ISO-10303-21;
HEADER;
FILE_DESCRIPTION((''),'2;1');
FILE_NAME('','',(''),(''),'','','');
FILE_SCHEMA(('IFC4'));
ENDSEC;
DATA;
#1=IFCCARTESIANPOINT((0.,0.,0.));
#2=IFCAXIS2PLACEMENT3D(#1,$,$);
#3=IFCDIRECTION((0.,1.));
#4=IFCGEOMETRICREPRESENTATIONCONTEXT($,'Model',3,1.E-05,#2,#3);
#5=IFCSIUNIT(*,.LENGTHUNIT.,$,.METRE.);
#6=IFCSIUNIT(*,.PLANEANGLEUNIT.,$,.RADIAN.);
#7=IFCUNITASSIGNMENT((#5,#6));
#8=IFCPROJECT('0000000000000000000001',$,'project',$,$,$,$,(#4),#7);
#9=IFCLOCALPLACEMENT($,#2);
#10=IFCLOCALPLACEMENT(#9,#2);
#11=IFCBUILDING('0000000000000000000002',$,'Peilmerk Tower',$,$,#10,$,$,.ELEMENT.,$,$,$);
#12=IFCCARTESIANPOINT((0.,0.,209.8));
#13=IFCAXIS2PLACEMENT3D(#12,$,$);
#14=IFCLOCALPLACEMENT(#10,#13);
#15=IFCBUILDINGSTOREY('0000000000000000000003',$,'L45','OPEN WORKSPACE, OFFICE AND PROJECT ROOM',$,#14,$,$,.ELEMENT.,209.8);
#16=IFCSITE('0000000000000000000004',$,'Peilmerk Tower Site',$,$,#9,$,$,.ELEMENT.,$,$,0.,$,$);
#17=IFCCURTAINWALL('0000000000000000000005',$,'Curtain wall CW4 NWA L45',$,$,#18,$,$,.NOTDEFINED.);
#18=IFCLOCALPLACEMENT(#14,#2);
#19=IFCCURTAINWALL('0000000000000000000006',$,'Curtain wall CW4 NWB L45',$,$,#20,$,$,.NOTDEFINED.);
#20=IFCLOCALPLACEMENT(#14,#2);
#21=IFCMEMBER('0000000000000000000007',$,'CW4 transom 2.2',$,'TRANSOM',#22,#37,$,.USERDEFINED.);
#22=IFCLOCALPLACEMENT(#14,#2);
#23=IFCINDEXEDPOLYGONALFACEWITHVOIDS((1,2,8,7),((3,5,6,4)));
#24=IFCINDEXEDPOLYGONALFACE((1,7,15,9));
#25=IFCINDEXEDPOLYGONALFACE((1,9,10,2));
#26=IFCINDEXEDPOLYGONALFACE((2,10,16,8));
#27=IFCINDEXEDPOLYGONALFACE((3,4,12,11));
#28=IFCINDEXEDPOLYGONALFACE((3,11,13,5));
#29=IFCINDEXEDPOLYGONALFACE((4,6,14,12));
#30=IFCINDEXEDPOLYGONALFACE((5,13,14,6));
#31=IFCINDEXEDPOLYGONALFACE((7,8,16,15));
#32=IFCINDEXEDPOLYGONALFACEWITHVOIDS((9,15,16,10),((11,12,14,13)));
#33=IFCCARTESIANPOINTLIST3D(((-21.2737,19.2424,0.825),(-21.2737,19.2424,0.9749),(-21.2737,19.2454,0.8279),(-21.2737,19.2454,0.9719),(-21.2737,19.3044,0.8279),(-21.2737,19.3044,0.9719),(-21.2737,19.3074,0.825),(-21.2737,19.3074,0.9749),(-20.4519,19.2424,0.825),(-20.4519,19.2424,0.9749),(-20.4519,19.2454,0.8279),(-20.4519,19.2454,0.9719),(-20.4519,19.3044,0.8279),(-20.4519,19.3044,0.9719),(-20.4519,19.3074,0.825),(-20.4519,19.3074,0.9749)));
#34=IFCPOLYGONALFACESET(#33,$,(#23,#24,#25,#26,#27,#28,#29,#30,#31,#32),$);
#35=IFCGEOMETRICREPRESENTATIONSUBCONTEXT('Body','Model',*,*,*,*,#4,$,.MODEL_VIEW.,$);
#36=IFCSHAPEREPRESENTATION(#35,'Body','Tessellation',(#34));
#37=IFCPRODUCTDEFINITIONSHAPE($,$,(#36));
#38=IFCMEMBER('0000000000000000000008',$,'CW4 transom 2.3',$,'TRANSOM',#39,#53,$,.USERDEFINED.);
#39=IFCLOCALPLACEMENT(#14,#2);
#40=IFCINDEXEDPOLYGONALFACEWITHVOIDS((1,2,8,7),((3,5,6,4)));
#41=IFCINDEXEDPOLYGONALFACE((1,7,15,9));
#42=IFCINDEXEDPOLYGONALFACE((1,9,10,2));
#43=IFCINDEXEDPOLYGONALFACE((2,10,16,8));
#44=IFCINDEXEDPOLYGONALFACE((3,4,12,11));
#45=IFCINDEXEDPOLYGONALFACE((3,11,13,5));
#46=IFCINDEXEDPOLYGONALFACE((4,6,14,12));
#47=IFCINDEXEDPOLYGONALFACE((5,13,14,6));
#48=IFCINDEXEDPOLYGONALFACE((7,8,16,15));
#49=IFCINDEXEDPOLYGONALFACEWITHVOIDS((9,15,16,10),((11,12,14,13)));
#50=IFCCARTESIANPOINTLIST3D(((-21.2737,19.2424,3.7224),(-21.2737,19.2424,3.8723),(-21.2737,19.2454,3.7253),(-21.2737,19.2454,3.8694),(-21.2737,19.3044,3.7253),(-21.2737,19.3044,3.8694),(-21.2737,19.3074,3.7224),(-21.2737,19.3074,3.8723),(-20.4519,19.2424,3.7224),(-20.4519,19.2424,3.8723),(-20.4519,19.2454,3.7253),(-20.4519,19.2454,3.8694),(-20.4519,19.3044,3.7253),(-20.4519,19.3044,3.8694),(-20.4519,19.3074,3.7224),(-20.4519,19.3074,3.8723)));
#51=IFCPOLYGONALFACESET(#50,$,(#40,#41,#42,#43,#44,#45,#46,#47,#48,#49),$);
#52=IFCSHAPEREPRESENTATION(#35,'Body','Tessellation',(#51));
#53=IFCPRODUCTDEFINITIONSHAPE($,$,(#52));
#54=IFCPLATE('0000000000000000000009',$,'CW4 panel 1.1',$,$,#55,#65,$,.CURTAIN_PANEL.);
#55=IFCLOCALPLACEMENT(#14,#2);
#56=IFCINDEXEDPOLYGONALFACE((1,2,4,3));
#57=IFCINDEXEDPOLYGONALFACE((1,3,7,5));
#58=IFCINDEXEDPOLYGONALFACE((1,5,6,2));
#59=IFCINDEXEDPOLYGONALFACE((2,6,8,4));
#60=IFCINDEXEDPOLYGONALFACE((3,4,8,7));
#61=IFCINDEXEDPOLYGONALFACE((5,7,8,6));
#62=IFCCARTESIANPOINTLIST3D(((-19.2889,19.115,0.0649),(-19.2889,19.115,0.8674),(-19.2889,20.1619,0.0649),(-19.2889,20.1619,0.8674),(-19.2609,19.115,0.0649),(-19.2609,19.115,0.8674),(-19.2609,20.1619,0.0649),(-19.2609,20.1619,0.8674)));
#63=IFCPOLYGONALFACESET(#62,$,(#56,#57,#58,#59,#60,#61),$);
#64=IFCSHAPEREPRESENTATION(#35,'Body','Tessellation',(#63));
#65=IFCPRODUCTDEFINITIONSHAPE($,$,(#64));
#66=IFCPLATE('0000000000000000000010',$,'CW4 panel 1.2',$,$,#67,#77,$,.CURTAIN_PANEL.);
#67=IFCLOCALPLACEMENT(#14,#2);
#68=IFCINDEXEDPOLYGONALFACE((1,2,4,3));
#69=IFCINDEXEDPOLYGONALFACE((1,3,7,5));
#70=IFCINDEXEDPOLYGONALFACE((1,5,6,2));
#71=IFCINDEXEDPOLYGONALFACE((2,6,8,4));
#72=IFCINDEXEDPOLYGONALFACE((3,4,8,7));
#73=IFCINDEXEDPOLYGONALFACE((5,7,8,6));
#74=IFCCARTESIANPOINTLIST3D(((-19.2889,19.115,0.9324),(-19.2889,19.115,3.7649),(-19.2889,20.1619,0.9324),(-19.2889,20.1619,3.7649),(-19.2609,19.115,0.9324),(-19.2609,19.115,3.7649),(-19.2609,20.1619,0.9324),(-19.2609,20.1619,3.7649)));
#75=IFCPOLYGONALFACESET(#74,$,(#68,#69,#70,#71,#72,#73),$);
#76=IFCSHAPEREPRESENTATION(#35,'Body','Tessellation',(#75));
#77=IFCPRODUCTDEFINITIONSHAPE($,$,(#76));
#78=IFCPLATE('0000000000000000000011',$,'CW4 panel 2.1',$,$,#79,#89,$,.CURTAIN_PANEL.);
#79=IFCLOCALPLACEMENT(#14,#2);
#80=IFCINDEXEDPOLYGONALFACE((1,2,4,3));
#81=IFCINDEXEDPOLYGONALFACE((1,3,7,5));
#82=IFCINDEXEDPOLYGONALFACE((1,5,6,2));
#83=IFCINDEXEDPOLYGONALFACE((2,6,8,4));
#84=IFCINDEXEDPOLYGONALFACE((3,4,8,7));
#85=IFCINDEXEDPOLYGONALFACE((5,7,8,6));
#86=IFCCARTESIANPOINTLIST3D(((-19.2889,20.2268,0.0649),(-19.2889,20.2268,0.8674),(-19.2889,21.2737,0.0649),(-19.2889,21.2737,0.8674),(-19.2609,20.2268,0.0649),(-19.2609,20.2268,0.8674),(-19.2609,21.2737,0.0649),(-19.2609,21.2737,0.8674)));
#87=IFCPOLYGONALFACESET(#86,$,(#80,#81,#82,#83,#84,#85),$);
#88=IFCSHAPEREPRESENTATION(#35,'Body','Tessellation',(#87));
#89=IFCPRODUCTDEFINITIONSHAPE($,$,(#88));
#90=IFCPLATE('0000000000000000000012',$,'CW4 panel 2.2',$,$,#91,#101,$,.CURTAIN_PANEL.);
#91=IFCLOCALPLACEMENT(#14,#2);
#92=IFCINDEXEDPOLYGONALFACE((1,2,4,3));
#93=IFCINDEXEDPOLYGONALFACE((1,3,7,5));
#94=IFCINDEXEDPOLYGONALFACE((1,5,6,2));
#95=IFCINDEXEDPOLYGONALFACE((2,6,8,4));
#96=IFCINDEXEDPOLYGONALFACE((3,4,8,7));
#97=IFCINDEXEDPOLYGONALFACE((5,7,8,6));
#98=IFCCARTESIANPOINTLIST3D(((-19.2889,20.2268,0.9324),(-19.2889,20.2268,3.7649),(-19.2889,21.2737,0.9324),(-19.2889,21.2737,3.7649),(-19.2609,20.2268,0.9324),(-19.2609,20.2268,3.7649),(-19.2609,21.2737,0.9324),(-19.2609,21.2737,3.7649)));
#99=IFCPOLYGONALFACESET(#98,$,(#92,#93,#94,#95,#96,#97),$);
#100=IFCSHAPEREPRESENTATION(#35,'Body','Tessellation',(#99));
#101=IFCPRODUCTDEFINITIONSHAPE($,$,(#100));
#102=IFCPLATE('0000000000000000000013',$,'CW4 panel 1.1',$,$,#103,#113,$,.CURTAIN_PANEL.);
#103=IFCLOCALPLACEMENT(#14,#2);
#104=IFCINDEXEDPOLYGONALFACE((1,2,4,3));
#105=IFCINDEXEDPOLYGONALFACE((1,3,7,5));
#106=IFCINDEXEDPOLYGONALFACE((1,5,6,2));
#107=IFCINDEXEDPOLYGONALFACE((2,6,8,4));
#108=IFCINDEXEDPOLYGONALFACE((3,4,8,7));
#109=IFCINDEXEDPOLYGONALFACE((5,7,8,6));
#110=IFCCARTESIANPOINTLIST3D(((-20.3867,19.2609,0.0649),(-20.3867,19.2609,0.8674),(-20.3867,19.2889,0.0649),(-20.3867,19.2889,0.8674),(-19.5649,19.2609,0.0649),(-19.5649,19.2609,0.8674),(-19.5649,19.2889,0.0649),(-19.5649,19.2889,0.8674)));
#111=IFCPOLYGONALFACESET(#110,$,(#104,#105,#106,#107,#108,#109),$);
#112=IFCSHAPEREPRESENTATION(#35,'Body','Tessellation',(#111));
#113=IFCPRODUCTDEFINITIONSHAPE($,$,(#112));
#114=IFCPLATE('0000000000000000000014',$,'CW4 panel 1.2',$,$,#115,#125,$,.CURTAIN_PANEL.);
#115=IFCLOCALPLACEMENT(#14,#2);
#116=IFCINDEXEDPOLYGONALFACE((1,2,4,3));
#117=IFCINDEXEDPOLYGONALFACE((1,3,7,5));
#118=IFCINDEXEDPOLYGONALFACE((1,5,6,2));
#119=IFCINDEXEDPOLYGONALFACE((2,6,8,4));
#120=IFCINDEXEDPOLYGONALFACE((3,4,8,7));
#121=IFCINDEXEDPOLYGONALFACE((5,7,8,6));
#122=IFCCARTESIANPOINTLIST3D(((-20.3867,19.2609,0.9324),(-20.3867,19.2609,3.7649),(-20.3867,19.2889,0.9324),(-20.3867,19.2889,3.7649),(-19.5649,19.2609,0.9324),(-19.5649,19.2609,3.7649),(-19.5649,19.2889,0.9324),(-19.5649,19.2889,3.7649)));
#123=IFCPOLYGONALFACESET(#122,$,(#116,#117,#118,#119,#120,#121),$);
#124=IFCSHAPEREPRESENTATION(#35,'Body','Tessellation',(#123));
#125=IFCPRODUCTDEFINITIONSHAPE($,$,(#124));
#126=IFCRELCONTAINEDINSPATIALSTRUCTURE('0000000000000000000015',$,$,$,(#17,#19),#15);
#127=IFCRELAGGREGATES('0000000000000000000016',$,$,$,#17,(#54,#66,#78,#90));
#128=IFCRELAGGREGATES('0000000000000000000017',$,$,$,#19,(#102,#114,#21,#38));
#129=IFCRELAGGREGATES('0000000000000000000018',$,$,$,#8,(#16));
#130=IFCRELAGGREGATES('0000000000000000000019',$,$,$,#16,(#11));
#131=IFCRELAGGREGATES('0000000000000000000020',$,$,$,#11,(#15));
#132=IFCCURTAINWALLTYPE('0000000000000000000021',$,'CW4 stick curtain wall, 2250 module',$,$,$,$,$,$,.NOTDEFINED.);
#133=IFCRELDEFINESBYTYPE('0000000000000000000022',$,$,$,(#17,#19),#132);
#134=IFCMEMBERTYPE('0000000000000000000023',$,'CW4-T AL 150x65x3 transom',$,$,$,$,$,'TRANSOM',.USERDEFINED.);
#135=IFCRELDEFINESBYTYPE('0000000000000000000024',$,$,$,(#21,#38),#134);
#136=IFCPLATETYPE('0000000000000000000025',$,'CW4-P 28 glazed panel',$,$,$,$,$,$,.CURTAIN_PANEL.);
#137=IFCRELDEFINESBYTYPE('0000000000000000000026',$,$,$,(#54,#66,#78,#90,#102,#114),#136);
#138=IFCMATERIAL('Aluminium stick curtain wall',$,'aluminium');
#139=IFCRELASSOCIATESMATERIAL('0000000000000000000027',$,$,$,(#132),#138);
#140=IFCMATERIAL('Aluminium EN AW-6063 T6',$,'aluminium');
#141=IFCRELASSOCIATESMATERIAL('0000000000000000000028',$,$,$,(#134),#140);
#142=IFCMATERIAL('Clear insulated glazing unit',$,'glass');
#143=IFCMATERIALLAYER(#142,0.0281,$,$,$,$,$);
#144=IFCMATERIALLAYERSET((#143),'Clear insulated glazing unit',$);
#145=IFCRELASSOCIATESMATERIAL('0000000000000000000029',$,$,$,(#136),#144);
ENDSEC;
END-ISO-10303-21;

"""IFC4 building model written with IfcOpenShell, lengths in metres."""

from ifc_helpers import new_model, si_unit, direction, frame, origin, origin_2d, place, context, subcontext, project, spatial, rectangle, hollow_rectangle, extrude, material, layer, layer_set, material_profile, profile_set, type_object, element, aggregate, save


model = new_model("IFC4")

# Units and contexts
model_context = context("Model", 3, precision=1e-05, world=origin(), true_north=direction((0.0, 1.0)))
body_context = subcontext(model_context, "Body", "Model", "MODEL_VIEW")
ifc_project = project(units=[si_unit("LENGTHUNIT", "METRE"), si_unit("PLANEANGLEUNIT", "RADIAN")], contexts=[model_context])

# Site, building, storey
site_placement = place(None, origin())
site = spatial("IfcSite", under=ifc_project, at=site_placement, Name="Peilmerk Tower Site", CompositionType="ELEMENT", RefElevation=0.0)
building_placement = place(site_placement, origin())
building = spatial("IfcBuilding", under=site, at=building_placement, Name="Peilmerk Tower", CompositionType="ELEMENT")
storey_placement = place(building_placement, frame((0.0, 0.0, 209.8)))
storey = spatial("IfcBuildingStorey", under=building, at=storey_placement, Name="L45", Description="OPEN WORKSPACE, OFFICE AND PROJECT ROOM", CompositionType="ELEMENT", Elevation=209.8)

# Curtain walls
ifc_material_1 = material(Name="Aluminium stick curtain wall", Category="aluminium")
curtain_wall_type = type_object("IfcCurtainWallType", Name="CW4 stick curtain wall, 2250 module", PredefinedType="NOTDEFINED", material=ifc_material_1)
curtain_wall_1_placement = place(storey_placement, origin())
curtain_wall_1 = element("IfcCurtainWall", 1, at=curtain_wall_1_placement, inside=storey, type_object=curtain_wall_type, Name="Curtain wall CW4 NWA L45", PredefinedType="NOTDEFINED")
ifc_material_2 = material(Name="Aluminium EN AW-6063 T6", Category="aluminium")
curtain_wall_2_placement = place(storey_placement, origin())
curtain_wall_2 = element("IfcCurtainWall", 2, at=curtain_wall_2_placement, inside=storey, type_object=curtain_wall_type, Name="Curtain wall CW4 NWB L45", PredefinedType="NOTDEFINED")

# Members
ifc_material_profile_1 = material_profile(ifc_material_2, hollow_rectangle(XDim=0.0649, YDim=0.1499, WallThickness=0.0029, at=origin_2d()), Name="AL 150x65x3")
ifc_profile_set_1 = profile_set([ifc_material_profile_1], Name="Aluminium EN AW-6063 T6")
member_type_1 = type_object("IfcMemberType", Name="CW4-T AL 150x65x3 transom", ElementType="TRANSOM", PredefinedType="USERDEFINED", material=ifc_profile_set_1)
member_1_placement = place(storey_placement, frame((-20.4519, 19.2749, 0.8999), z_axis=(-1.0, 0.0, 0.0), x_axis=(0.0, -1.0, 0.0)))
member_1 = element("IfcMember", 3, at=member_1_placement, type_object=member_type_1, Name="CW4 transom 2.2", ObjectType="TRANSOM", PredefinedType="USERDEFINED", context=body_context, shape_type="SweptSolid", body=[
    extrude(hollow_rectangle(XDim=0.0649, YDim=0.1499, WallThickness=0.0029, at=origin_2d()), origin(), (0.0, 0.0, 1.0), 0.8218),
])
member_2_placement = place(storey_placement, frame((-20.4519, 19.2749, 3.7974), z_axis=(-1.0, 0.0, 0.0), x_axis=(0.0, -1.0, 0.0)))
member_2 = element("IfcMember", 4, at=member_2_placement, type_object=member_type_1, Name="CW4 transom 2.3", ObjectType="TRANSOM", PredefinedType="USERDEFINED", context=body_context, shape_type="SweptSolid", body=[
    extrude(hollow_rectangle(XDim=0.0649, YDim=0.1499, WallThickness=0.0029, at=origin_2d()), origin(), (0.0, 0.0, 1.0), 0.8218),
])

# Plates
ifc_material_3 = material(Name="Clear insulated glazing unit", Category="glass")
ifc_layer_1 = layer(ifc_material_3, 0.0281)
ifc_layer_set_1 = layer_set([ifc_layer_1], Name="Clear insulated glazing unit")
plate_type = type_object("IfcPlateType", Name="CW4-P 28 glazed panel", PredefinedType="CURTAIN_PANEL", material=ifc_layer_set_1)
plate_1_placement = place(storey_placement, frame((-19.2749, 19.6384, 0.0649), z_axis=(0.0, 0.0, 1.0), x_axis=(0.0, 1.0, 0.0)))
plate_1 = element("IfcPlate", 5, at=plate_1_placement, type_object=plate_type, Name="CW4 panel 1.1", PredefinedType="CURTAIN_PANEL", context=body_context, shape_type="SweptSolid", body=[
    extrude(rectangle(XDim=1.0469, YDim=0.0281, at=origin_2d()), origin(), (0.0, 0.0, 1.0), 0.8025),
])
plate_2_placement = place(storey_placement, frame((-19.2749, 19.6384, 0.9324), z_axis=(0.0, 0.0, 1.0), x_axis=(0.0, 1.0, 0.0)))
plate_2 = element("IfcPlate", 6, at=plate_2_placement, type_object=plate_type, Name="CW4 panel 1.2", PredefinedType="CURTAIN_PANEL", context=body_context, shape_type="SweptSolid", body=[
    extrude(rectangle(XDim=1.0469, YDim=0.0281, at=origin_2d()), origin(), (0.0, 0.0, 1.0), 2.8325),
])
plate_3_placement = place(storey_placement, frame((-19.2749, 20.7502, 0.0649), z_axis=(0.0, 0.0, 1.0), x_axis=(0.0, 1.0, 0.0)))
plate_3 = element("IfcPlate", 7, at=plate_3_placement, type_object=plate_type, Name="CW4 panel 2.1", PredefinedType="CURTAIN_PANEL", context=body_context, shape_type="SweptSolid", body=[
    extrude(rectangle(XDim=1.0469, YDim=0.0281, at=origin_2d()), origin(), (0.0, 0.0, 1.0), 0.8025),
])
plate_4_placement = place(storey_placement, frame((-19.2749, 20.7502, 0.9324), z_axis=(0.0, 0.0, 1.0), x_axis=(0.0, 1.0, 0.0)))
plate_4 = element("IfcPlate", 8, at=plate_4_placement, type_object=plate_type, Name="CW4 panel 2.2", PredefinedType="CURTAIN_PANEL", context=body_context, shape_type="SweptSolid", body=[
    extrude(rectangle(XDim=1.0469, YDim=0.0281, at=origin_2d()), origin(), (0.0, 0.0, 1.0), 2.8325),
])
aggregate(curtain_wall_1, [plate_1, plate_2, plate_3, plate_4])
plate_5_placement = place(storey_placement, frame((-19.9758, 19.2749, 0.0649), z_axis=(0.0, 0.0, 1.0), x_axis=(-1.0, 0.0, 0.0)))
plate_5 = element("IfcPlate", 9, at=plate_5_placement, type_object=plate_type, Name="CW4 panel 1.1", PredefinedType="CURTAIN_PANEL", context=body_context, shape_type="SweptSolid", body=[
    extrude(rectangle(XDim=0.8218, YDim=0.0281, at=origin_2d()), origin(), (0.0, 0.0, 1.0), 0.8025),
])
plate_6_placement = place(storey_placement, frame((-19.9758, 19.2749, 0.9324), z_axis=(0.0, 0.0, 1.0), x_axis=(-1.0, 0.0, 0.0)))
plate_6 = element("IfcPlate", 10, at=plate_6_placement, type_object=plate_type, Name="CW4 panel 1.2", PredefinedType="CURTAIN_PANEL", context=body_context, shape_type="SweptSolid", body=[
    extrude(rectangle(XDim=0.8218, YDim=0.0281, at=origin_2d()), origin(), (0.0, 0.0, 1.0), 2.8325),
])
aggregate(curtain_wall_2, [plate_5, plate_6, member_1, member_2])

save(model, "model.ifc")
